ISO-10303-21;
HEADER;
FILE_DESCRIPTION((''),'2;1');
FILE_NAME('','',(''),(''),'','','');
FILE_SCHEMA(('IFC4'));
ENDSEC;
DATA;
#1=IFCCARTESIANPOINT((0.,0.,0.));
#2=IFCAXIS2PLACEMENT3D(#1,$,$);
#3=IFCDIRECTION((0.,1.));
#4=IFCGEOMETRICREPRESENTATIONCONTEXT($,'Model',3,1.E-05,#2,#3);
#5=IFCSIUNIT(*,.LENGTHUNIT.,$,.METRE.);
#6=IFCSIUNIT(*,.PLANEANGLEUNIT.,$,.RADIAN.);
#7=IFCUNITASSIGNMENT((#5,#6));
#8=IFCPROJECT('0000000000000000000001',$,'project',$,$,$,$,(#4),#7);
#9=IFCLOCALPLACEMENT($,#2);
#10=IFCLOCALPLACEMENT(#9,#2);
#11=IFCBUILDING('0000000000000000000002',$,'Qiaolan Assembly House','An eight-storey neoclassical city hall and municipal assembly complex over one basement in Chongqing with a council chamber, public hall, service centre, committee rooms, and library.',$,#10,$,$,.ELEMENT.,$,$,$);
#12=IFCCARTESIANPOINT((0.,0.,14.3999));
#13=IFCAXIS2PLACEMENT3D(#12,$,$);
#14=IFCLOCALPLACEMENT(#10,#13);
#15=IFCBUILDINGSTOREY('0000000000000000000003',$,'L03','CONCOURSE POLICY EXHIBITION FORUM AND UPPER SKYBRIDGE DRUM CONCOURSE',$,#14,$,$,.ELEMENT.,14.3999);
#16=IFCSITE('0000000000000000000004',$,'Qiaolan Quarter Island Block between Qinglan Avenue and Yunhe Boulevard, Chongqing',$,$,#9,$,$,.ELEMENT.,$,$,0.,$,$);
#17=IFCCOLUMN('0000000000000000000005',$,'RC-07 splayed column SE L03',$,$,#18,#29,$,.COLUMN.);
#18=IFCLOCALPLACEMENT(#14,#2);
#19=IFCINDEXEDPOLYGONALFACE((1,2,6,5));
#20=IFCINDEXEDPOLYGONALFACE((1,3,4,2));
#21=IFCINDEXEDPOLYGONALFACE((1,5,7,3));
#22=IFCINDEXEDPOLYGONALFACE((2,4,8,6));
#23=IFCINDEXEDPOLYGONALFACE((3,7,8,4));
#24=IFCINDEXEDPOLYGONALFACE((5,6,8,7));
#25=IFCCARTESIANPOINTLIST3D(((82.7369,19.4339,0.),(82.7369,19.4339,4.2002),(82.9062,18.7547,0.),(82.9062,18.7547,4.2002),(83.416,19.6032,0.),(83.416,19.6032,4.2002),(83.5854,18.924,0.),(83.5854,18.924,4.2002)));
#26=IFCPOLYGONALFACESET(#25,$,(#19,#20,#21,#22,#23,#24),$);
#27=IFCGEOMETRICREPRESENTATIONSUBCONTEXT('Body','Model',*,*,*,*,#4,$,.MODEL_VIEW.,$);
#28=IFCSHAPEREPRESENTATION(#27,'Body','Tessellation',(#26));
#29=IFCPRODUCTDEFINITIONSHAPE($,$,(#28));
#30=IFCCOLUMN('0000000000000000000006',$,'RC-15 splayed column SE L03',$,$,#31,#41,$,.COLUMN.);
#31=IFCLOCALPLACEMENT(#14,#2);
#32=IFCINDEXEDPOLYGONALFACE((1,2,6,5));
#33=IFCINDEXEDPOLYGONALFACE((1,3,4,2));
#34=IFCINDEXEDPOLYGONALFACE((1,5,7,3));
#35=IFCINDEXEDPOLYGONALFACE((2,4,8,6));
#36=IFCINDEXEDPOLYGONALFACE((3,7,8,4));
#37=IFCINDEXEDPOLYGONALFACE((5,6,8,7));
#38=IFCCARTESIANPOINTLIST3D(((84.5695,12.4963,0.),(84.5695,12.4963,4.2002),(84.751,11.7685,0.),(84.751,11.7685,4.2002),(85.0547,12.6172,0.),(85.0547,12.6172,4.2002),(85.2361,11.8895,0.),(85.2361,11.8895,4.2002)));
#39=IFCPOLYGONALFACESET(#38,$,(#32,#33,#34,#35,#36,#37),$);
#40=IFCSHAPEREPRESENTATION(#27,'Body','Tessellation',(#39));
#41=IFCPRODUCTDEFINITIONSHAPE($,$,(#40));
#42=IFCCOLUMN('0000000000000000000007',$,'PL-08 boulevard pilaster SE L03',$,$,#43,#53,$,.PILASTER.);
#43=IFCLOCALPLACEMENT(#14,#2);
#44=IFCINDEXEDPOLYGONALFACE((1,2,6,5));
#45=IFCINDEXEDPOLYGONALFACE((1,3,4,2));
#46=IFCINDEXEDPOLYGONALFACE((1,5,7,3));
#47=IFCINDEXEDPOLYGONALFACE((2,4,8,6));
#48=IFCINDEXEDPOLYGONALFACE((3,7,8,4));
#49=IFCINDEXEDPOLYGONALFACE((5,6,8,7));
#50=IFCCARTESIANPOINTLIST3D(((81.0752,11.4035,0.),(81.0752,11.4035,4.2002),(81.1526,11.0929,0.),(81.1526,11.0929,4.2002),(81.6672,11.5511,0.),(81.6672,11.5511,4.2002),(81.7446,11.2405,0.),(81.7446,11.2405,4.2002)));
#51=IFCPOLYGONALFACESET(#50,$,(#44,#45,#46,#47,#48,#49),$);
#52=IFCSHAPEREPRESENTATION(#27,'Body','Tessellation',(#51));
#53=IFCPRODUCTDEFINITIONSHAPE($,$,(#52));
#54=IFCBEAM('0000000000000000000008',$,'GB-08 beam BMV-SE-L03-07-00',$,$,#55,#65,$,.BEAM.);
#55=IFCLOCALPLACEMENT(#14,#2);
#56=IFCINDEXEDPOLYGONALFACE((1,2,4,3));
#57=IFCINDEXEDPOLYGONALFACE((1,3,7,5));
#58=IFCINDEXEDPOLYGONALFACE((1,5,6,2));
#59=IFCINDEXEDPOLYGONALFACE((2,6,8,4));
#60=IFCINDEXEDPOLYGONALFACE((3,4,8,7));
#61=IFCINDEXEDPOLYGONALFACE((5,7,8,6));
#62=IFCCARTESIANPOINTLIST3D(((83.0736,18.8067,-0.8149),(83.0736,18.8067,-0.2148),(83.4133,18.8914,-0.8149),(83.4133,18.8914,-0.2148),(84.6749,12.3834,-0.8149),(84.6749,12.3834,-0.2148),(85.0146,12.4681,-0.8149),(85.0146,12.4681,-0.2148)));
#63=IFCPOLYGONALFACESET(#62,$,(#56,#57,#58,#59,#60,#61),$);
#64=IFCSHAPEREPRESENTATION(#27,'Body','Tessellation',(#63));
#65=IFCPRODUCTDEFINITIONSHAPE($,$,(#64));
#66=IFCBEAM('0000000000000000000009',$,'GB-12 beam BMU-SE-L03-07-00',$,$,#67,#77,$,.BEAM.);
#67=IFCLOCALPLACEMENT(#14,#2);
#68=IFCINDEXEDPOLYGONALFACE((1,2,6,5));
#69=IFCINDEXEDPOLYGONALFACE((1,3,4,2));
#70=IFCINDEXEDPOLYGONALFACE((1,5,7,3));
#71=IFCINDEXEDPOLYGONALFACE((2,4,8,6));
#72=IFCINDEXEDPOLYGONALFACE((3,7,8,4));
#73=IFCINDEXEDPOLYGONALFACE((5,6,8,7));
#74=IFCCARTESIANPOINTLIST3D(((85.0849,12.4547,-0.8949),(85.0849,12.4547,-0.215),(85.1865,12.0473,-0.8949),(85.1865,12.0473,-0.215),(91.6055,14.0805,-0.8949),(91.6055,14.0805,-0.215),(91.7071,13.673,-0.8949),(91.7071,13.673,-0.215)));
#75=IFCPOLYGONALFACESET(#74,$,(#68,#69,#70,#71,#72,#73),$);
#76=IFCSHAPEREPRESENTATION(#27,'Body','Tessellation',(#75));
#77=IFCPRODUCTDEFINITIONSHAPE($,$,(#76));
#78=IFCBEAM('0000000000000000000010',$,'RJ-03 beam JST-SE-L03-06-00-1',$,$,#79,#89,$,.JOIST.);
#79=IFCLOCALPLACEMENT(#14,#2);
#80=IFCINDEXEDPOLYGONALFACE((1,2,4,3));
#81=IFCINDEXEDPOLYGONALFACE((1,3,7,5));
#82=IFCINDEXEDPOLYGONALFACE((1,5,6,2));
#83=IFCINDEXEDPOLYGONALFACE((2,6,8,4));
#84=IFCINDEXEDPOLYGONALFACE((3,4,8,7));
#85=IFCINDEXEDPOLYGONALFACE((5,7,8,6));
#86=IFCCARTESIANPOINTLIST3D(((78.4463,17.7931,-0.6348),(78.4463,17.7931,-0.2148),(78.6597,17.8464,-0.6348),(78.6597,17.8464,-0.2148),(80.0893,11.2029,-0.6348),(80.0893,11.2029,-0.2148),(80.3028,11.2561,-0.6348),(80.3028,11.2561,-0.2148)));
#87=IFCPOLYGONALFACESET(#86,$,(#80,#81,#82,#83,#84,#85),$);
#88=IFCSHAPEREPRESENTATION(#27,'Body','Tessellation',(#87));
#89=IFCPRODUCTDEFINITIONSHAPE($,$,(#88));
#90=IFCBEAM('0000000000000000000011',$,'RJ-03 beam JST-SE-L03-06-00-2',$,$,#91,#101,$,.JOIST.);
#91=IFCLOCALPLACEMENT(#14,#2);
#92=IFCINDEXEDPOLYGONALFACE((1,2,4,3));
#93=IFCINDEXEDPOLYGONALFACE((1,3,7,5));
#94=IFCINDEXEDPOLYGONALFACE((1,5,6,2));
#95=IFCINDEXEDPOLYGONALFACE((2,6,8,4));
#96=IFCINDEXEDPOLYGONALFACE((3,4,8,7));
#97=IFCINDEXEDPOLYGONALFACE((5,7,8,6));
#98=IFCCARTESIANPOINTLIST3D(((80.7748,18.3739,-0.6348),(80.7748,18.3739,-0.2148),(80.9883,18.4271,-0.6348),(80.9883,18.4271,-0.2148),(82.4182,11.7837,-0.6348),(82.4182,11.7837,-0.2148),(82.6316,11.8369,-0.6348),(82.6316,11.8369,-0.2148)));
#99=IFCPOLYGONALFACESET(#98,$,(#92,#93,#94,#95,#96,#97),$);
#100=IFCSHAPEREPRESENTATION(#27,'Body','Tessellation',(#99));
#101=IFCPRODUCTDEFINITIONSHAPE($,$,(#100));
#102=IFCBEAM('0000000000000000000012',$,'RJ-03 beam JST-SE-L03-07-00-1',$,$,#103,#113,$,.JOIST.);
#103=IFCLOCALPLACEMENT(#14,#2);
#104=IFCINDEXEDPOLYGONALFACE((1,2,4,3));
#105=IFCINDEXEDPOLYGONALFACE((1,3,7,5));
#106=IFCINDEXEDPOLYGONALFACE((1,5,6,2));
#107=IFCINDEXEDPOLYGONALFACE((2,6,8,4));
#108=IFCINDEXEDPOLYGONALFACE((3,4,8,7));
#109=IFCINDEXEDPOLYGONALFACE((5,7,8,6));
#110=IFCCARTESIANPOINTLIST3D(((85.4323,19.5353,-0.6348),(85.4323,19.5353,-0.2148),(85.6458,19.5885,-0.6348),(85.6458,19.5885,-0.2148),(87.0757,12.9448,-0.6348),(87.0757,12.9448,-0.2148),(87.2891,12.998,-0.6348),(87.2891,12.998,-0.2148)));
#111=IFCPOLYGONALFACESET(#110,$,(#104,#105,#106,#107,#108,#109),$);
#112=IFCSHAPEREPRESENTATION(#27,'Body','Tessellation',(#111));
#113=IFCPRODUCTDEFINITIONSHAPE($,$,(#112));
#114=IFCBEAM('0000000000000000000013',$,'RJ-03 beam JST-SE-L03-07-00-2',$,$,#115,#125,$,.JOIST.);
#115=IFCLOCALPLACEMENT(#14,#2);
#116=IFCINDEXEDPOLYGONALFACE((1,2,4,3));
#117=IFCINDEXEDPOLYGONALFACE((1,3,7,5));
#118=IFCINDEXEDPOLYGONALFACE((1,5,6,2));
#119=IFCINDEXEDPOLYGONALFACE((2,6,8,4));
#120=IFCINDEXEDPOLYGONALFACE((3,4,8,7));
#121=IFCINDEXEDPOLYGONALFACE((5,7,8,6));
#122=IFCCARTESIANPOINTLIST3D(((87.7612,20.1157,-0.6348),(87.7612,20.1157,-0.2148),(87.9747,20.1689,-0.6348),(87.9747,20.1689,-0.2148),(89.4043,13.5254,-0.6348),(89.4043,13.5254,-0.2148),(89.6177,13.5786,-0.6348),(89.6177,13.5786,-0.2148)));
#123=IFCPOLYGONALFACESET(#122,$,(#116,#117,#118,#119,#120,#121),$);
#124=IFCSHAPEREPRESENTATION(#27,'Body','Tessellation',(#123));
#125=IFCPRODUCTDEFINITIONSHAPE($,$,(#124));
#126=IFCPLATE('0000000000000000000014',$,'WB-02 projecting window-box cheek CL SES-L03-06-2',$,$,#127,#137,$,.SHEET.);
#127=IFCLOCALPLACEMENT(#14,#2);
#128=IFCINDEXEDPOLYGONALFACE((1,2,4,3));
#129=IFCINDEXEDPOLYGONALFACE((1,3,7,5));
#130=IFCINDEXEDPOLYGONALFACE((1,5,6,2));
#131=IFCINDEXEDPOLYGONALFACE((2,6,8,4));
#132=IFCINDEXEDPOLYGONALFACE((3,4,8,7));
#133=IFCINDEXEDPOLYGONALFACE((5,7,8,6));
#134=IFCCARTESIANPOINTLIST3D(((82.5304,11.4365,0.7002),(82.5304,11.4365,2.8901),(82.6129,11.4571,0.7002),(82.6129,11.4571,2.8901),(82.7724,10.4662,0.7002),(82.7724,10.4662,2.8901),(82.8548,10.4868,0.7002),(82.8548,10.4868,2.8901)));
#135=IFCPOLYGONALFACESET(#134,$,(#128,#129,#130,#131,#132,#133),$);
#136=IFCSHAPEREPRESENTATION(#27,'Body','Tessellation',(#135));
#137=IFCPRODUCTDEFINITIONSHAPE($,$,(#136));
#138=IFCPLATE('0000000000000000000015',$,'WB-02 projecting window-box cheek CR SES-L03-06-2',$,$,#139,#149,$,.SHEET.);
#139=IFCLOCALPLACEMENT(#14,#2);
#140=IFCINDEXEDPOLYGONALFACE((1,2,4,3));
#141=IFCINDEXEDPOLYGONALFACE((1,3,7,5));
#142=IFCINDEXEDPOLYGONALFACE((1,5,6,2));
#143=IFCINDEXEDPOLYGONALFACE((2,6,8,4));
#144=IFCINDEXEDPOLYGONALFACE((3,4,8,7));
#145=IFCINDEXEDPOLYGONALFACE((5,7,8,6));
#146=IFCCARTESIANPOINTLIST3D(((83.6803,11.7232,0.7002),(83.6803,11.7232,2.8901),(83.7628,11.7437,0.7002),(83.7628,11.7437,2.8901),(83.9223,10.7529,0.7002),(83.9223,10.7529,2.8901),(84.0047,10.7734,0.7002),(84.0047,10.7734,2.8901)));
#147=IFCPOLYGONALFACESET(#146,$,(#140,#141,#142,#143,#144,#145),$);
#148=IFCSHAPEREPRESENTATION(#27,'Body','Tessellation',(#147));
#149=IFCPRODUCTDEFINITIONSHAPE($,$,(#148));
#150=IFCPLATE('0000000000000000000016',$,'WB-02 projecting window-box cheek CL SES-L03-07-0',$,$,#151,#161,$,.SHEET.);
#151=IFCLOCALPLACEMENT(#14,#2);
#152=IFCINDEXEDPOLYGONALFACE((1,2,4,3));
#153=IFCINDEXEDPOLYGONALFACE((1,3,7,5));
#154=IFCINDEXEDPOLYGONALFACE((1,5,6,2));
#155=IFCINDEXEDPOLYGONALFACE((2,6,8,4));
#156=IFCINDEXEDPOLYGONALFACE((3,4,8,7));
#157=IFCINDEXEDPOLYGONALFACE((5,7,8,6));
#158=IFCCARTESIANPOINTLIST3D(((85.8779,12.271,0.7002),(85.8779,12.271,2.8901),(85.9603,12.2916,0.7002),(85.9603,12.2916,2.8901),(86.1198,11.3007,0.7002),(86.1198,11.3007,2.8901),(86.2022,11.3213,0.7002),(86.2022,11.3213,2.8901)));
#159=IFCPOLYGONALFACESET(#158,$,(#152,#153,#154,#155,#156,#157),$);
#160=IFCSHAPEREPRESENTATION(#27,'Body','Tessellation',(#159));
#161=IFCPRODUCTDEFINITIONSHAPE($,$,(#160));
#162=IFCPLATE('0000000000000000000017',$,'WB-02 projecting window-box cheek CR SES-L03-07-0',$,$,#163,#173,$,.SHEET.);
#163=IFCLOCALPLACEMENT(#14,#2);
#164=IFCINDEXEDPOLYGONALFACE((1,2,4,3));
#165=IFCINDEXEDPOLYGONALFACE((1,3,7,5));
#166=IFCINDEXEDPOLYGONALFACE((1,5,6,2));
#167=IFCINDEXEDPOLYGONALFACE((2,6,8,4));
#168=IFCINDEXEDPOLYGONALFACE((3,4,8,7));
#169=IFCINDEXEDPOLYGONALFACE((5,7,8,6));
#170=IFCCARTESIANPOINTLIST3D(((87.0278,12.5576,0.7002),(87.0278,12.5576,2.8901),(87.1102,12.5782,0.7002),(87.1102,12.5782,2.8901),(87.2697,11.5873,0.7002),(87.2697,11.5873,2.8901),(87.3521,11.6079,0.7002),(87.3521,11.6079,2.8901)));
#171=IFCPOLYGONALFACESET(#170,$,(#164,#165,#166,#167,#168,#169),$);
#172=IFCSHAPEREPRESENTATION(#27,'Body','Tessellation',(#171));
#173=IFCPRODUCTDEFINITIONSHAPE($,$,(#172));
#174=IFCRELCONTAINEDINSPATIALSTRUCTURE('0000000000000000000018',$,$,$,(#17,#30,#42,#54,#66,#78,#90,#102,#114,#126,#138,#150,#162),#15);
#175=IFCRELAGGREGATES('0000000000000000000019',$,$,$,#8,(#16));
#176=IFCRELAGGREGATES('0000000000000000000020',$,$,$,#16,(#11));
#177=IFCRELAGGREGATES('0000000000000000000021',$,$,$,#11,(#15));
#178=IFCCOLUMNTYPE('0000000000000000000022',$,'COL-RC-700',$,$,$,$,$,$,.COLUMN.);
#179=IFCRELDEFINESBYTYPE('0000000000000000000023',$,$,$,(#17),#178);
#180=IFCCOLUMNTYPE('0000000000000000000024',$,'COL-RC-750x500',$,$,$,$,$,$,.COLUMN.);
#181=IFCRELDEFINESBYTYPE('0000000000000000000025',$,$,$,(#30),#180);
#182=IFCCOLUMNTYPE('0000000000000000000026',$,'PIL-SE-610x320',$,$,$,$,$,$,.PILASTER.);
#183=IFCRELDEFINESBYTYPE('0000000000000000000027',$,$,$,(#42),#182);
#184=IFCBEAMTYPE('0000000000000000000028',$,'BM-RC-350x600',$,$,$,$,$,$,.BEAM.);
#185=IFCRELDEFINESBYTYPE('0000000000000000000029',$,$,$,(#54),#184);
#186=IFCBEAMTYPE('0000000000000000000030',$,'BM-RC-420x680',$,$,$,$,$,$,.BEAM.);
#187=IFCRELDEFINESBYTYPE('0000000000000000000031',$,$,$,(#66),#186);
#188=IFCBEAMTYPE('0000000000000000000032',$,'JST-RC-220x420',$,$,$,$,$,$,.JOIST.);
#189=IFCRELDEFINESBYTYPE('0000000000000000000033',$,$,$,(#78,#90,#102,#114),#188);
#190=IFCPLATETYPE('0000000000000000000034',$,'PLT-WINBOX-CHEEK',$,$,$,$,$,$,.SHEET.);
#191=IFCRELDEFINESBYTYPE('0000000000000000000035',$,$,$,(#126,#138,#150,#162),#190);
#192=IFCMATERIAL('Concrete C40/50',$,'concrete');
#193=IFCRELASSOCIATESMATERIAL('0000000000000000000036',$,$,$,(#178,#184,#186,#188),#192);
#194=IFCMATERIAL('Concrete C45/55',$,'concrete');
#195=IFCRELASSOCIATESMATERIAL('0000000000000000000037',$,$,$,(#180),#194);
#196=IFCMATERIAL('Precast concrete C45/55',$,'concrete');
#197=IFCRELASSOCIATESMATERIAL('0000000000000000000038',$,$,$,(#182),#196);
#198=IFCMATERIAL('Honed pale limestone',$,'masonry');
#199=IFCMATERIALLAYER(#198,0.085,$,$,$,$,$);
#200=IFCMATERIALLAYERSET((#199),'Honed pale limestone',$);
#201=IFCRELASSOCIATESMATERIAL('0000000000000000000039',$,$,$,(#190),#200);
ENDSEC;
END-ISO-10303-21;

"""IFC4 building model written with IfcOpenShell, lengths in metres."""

from ifc_helpers import new_model, si_unit, direction, frame, origin, origin_2d, place, context, subcontext, project, spatial, rectangle, extrude, material, layer, layer_set, material_profile, profile_set, type_object, element, save


model = new_model("IFC4")

# Units and contexts
model_context = context("Model", 3, precision=1e-05, world=origin(), true_north=direction((0.0, 1.0)))
body_context = subcontext(model_context, "Body", "Model", "MODEL_VIEW")
ifc_project = project(units=[si_unit("LENGTHUNIT", "METRE"), si_unit("PLANEANGLEUNIT", "RADIAN")], contexts=[model_context])

# Site, building, storey
site_placement = place(None, origin())
site = spatial("IfcSite", under=ifc_project, at=site_placement, Name="Qiaolan Quarter Island Block between Qinglan Avenue and Yunhe Boulevard, Chongqing", CompositionType="ELEMENT", RefElevation=0.0)
building_placement = place(site_placement, origin())
building = spatial("IfcBuilding", under=site, at=building_placement, Name="Qiaolan Assembly House", Description="An eight-storey neoclassical city hall and municipal assembly complex over one basement in Chongqing with a council chamber, public hall, service centre, committee rooms, and library.", CompositionType="ELEMENT")
storey_placement = place(building_placement, frame((0.0, 0.0, 14.3999)))
storey = spatial("IfcBuildingStorey", under=building, at=storey_placement, Name="L03", Description="CONCOURSE POLICY EXHIBITION FORUM AND UPPER SKYBRIDGE DRUM CONCOURSE", CompositionType="ELEMENT", Elevation=14.3999)

# Columns
ifc_material_1 = material(Name="Concrete C40/50", Category="concrete")
ifc_material_profile_1 = material_profile(ifc_material_1, rectangle(XDim=0.7, YDim=0.7, at=origin_2d()), Name="RC 700x700")
ifc_profile_set_1 = profile_set([ifc_material_profile_1], Name="Concrete C40/50")
column_type_1 = type_object("IfcColumnType", Name="COL-RC-700", PredefinedType="COLUMN", material=ifc_profile_set_1)
column_1_placement = place(storey_placement, frame((83.1611, 19.179, 0.0), z_axis=(0.0, 0.0, 1.0), x_axis=(0.970296, 0.241922, 0.0)))
element("IfcColumn", 1, at=column_1_placement, inside=storey, type_object=column_type_1, Name="RC-07 splayed column SE L03", PredefinedType="COLUMN", context=body_context, shape_type="SweptSolid", body=[
    extrude(rectangle(XDim=0.7, YDim=0.7, at=origin_2d()), origin(), (0.0, 0.0, 1.0), 4.2002),
])
ifc_material_2 = material(Name="Concrete C45/55", Category="concrete")
ifc_material_profile_2 = material_profile(ifc_material_2, rectangle(XDim=0.5, YDim=0.75, at=origin_2d()), Name="RC 750x500")
ifc_profile_set_2 = profile_set([ifc_material_profile_2], Name="Concrete C45/55")
column_type_2 = type_object("IfcColumnType", Name="COL-RC-750x500", PredefinedType="COLUMN", material=ifc_profile_set_2)
column_2_placement = place(storey_placement, frame((84.9028, 12.1929, 0.0), z_axis=(0.0, 0.0, 1.0), x_axis=(0.970296, 0.241922, 0.0)))
element("IfcColumn", 2, at=column_2_placement, inside=storey, type_object=column_type_2, Name="RC-15 splayed column SE L03", PredefinedType="COLUMN", context=body_context, shape_type="SweptSolid", body=[
    extrude(rectangle(XDim=0.5, YDim=0.75, at=origin_2d()), origin(), (0.0, 0.0, 1.0), 4.2002),
])
ifc_material_3 = material(Name="Precast concrete C45/55", Category="concrete")
ifc_material_profile_3 = material_profile(ifc_material_3, rectangle(XDim=0.6101, YDim=0.3201, at=origin_2d()), Name="PIL 610x320")
ifc_profile_set_3 = profile_set([ifc_material_profile_3], Name="Precast concrete C45/55")
column_type_3 = type_object("IfcColumnType", Name="PIL-SE-610x320", PredefinedType="PILASTER", material=ifc_profile_set_3)
column_3_placement = place(storey_placement, frame((81.4099, 11.322, 0.0), z_axis=(0.0, 0.0, 1.0), x_axis=(0.970296, 0.241922, 0.0)))
element("IfcColumn", 3, at=column_3_placement, inside=storey, type_object=column_type_3, Name="PL-08 boulevard pilaster SE L03", PredefinedType="PILASTER", context=body_context, shape_type="SweptSolid", body=[
    extrude(rectangle(XDim=0.6101, YDim=0.3201, at=origin_2d()), origin(), (0.0, 0.0, 1.0), 4.2002),
])

# Beams
ifc_material_profile_4 = material_profile(ifc_material_1, rectangle(XDim=0.3501, YDim=0.6001, at=origin_2d()), Name="RCB 350x600")
ifc_profile_set_4 = profile_set([ifc_material_profile_4], Name="Concrete C40/50")
beam_type_1 = type_object("IfcBeamType", Name="BM-RC-350x600", PredefinedType="BEAM", material=ifc_profile_set_4)
beam_1_placement = place(storey_placement, frame((84.8447, 12.4258, -0.5149), z_axis=(-0.241893, 0.970303, 0.0), x_axis=(-0.970303, -0.241893, 0.0)))
element("IfcBeam", 4, at=beam_1_placement, inside=storey, type_object=beam_type_1, Name="GB-08 beam BMV-SE-L03-07-00", PredefinedType="BEAM", context=body_context, shape_type="SweptSolid", body=[
    extrude(rectangle(XDim=0.3501, YDim=0.6001, at=origin_2d()), origin(), (0.0, 0.0, 1.0), 6.6199),
])
ifc_material_profile_5 = material_profile(ifc_material_1, rectangle(XDim=0.4199, YDim=0.6799, at=origin_2d()), Name="RCB 420x680")
ifc_profile_set_5 = profile_set([ifc_material_profile_5], Name="Concrete C40/50")
beam_type_2 = type_object("IfcBeamType", Name="BM-RC-420x680", PredefinedType="BEAM", material=ifc_profile_set_5)
beam_2_placement = place(storey_placement, frame((85.1357, 12.251, -0.5549), z_axis=(0.970296, 0.24192, 0.0), x_axis=(-0.24192, 0.970296, 0.0)))
element("IfcBeam", 5, at=beam_2_placement, inside=storey, type_object=beam_type_2, Name="GB-12 beam BMU-SE-L03-07-00", PredefinedType="BEAM", context=body_context, shape_type="SweptSolid", body=[
    extrude(rectangle(XDim=0.4199, YDim=0.6799, at=origin_2d()), origin(), (0.0, 0.0, 1.0), 6.7202),
])
ifc_material_profile_6 = material_profile(ifc_material_1, rectangle(XDim=0.22, YDim=0.4199, at=origin_2d()), Name="RCB 220x420")
ifc_profile_set_6 = profile_set([ifc_material_profile_6], Name="Concrete C40/50")
beam_type_3 = type_object("IfcBeamType", Name="JST-RC-220x420", PredefinedType="JOIST", material=ifc_profile_set_6)
for number, where, z_axis, x_axis, name in (
    (6, (80.196, 11.2295, -0.4248), (-0.24191, 0.970299, 0.0), (-0.970299, -0.24191, 0.0), "RJ-03 beam JST-SE-L03-06-00-1"),
    (7, (82.5249, 11.8103, -0.4248), (-0.241952, 0.970288, 0.0), (-0.970288, -0.241952, 0.0), "RJ-03 beam JST-SE-L03-06-00-2"),
):
    element("IfcBeam", number, at=place(storey_placement, frame(where, z_axis=z_axis, x_axis=x_axis)), inside=storey, type_object=beam_type_3, Name=name, PredefinedType="JOIST", context=body_context, shape_type="SweptSolid", body=[
        extrude(rectangle(XDim=0.22, YDim=0.4199, at=origin_2d()), origin(), (0.0, 0.0, 1.0), 6.792),
    ])
beam_3_placement = place(storey_placement, frame((87.1824, 12.9714, -0.4248), z_axis=(-0.241944, 0.97029, 0.0), x_axis=(-0.97029, -0.241944, 0.0)))
element("IfcBeam", 8, at=beam_3_placement, inside=storey, type_object=beam_type_3, Name="RJ-03 beam JST-SE-L03-07-00-1", PredefinedType="JOIST", context=body_context, shape_type="SweptSolid", body=[
    extrude(rectangle(XDim=0.22, YDim=0.4199, at=origin_2d()), origin(), (0.0, 0.0, 1.0), 6.7922),
])
beam_4_placement = place(storey_placement, frame((89.511, 13.552, -0.4248), z_axis=(-0.24191, 0.970299, 0.0), x_axis=(-0.970299, -0.24191, 0.0)))
element("IfcBeam", 9, at=beam_4_placement, inside=storey, type_object=beam_type_3, Name="RJ-03 beam JST-SE-L03-07-00-2", PredefinedType="JOIST", context=body_context, shape_type="SweptSolid", body=[
    extrude(rectangle(XDim=0.22, YDim=0.4199, at=origin_2d()), origin(), (0.0, 0.0, 1.0), 6.792),
])

# Plates
ifc_material_4 = material(Name="Honed pale limestone", Category="masonry")
ifc_layer_1 = layer(ifc_material_4, 0.085)
ifc_layer_set_1 = layer_set([ifc_layer_1], Name="Honed pale limestone")
plate_type = type_object("IfcPlateType", Name="PLT-WINBOX-CHEEK", PredefinedType="SHEET", material=ifc_layer_set_1)
for number, where, z_axis, x_axis, name in (
    (10, (82.6926, 10.9617, 0.7002), (0.0, 0.0, 1.0), (0.970296, 0.241922, 0.0), "WB-02 projecting window-box cheek CL SES-L03-06-2"),
    (11, (83.8425, 11.2483, 0.7002), (0.0, 0.0, 1.0), (0.970296, 0.241922, 0.0), "WB-02 projecting window-box cheek CR SES-L03-06-2"),
    (12, (86.04, 11.7961, 0.7002), (0.0, 0.0, 1.0), (0.970296, 0.241922, 0.0), "WB-02 projecting window-box cheek CL SES-L03-07-0"),
    (13, (87.1899, 12.0828, 0.7002), (0.0, 0.0, 1.0), (0.970296, 0.241922, 0.0), "WB-02 projecting window-box cheek CR SES-L03-07-0"),
):
    element("IfcPlate", number, at=place(storey_placement, frame(where, z_axis=z_axis, x_axis=x_axis)), inside=storey, type_object=plate_type, Name=name, PredefinedType="SHEET", context=body_context, shape_type="SweptSolid", body=[
        extrude(rectangle(XDim=0.085, YDim=1.0, at=origin_2d()), origin(), (0.0, 0.0, 1.0), 2.1899),
    ])

save(model, "model.ifc")
